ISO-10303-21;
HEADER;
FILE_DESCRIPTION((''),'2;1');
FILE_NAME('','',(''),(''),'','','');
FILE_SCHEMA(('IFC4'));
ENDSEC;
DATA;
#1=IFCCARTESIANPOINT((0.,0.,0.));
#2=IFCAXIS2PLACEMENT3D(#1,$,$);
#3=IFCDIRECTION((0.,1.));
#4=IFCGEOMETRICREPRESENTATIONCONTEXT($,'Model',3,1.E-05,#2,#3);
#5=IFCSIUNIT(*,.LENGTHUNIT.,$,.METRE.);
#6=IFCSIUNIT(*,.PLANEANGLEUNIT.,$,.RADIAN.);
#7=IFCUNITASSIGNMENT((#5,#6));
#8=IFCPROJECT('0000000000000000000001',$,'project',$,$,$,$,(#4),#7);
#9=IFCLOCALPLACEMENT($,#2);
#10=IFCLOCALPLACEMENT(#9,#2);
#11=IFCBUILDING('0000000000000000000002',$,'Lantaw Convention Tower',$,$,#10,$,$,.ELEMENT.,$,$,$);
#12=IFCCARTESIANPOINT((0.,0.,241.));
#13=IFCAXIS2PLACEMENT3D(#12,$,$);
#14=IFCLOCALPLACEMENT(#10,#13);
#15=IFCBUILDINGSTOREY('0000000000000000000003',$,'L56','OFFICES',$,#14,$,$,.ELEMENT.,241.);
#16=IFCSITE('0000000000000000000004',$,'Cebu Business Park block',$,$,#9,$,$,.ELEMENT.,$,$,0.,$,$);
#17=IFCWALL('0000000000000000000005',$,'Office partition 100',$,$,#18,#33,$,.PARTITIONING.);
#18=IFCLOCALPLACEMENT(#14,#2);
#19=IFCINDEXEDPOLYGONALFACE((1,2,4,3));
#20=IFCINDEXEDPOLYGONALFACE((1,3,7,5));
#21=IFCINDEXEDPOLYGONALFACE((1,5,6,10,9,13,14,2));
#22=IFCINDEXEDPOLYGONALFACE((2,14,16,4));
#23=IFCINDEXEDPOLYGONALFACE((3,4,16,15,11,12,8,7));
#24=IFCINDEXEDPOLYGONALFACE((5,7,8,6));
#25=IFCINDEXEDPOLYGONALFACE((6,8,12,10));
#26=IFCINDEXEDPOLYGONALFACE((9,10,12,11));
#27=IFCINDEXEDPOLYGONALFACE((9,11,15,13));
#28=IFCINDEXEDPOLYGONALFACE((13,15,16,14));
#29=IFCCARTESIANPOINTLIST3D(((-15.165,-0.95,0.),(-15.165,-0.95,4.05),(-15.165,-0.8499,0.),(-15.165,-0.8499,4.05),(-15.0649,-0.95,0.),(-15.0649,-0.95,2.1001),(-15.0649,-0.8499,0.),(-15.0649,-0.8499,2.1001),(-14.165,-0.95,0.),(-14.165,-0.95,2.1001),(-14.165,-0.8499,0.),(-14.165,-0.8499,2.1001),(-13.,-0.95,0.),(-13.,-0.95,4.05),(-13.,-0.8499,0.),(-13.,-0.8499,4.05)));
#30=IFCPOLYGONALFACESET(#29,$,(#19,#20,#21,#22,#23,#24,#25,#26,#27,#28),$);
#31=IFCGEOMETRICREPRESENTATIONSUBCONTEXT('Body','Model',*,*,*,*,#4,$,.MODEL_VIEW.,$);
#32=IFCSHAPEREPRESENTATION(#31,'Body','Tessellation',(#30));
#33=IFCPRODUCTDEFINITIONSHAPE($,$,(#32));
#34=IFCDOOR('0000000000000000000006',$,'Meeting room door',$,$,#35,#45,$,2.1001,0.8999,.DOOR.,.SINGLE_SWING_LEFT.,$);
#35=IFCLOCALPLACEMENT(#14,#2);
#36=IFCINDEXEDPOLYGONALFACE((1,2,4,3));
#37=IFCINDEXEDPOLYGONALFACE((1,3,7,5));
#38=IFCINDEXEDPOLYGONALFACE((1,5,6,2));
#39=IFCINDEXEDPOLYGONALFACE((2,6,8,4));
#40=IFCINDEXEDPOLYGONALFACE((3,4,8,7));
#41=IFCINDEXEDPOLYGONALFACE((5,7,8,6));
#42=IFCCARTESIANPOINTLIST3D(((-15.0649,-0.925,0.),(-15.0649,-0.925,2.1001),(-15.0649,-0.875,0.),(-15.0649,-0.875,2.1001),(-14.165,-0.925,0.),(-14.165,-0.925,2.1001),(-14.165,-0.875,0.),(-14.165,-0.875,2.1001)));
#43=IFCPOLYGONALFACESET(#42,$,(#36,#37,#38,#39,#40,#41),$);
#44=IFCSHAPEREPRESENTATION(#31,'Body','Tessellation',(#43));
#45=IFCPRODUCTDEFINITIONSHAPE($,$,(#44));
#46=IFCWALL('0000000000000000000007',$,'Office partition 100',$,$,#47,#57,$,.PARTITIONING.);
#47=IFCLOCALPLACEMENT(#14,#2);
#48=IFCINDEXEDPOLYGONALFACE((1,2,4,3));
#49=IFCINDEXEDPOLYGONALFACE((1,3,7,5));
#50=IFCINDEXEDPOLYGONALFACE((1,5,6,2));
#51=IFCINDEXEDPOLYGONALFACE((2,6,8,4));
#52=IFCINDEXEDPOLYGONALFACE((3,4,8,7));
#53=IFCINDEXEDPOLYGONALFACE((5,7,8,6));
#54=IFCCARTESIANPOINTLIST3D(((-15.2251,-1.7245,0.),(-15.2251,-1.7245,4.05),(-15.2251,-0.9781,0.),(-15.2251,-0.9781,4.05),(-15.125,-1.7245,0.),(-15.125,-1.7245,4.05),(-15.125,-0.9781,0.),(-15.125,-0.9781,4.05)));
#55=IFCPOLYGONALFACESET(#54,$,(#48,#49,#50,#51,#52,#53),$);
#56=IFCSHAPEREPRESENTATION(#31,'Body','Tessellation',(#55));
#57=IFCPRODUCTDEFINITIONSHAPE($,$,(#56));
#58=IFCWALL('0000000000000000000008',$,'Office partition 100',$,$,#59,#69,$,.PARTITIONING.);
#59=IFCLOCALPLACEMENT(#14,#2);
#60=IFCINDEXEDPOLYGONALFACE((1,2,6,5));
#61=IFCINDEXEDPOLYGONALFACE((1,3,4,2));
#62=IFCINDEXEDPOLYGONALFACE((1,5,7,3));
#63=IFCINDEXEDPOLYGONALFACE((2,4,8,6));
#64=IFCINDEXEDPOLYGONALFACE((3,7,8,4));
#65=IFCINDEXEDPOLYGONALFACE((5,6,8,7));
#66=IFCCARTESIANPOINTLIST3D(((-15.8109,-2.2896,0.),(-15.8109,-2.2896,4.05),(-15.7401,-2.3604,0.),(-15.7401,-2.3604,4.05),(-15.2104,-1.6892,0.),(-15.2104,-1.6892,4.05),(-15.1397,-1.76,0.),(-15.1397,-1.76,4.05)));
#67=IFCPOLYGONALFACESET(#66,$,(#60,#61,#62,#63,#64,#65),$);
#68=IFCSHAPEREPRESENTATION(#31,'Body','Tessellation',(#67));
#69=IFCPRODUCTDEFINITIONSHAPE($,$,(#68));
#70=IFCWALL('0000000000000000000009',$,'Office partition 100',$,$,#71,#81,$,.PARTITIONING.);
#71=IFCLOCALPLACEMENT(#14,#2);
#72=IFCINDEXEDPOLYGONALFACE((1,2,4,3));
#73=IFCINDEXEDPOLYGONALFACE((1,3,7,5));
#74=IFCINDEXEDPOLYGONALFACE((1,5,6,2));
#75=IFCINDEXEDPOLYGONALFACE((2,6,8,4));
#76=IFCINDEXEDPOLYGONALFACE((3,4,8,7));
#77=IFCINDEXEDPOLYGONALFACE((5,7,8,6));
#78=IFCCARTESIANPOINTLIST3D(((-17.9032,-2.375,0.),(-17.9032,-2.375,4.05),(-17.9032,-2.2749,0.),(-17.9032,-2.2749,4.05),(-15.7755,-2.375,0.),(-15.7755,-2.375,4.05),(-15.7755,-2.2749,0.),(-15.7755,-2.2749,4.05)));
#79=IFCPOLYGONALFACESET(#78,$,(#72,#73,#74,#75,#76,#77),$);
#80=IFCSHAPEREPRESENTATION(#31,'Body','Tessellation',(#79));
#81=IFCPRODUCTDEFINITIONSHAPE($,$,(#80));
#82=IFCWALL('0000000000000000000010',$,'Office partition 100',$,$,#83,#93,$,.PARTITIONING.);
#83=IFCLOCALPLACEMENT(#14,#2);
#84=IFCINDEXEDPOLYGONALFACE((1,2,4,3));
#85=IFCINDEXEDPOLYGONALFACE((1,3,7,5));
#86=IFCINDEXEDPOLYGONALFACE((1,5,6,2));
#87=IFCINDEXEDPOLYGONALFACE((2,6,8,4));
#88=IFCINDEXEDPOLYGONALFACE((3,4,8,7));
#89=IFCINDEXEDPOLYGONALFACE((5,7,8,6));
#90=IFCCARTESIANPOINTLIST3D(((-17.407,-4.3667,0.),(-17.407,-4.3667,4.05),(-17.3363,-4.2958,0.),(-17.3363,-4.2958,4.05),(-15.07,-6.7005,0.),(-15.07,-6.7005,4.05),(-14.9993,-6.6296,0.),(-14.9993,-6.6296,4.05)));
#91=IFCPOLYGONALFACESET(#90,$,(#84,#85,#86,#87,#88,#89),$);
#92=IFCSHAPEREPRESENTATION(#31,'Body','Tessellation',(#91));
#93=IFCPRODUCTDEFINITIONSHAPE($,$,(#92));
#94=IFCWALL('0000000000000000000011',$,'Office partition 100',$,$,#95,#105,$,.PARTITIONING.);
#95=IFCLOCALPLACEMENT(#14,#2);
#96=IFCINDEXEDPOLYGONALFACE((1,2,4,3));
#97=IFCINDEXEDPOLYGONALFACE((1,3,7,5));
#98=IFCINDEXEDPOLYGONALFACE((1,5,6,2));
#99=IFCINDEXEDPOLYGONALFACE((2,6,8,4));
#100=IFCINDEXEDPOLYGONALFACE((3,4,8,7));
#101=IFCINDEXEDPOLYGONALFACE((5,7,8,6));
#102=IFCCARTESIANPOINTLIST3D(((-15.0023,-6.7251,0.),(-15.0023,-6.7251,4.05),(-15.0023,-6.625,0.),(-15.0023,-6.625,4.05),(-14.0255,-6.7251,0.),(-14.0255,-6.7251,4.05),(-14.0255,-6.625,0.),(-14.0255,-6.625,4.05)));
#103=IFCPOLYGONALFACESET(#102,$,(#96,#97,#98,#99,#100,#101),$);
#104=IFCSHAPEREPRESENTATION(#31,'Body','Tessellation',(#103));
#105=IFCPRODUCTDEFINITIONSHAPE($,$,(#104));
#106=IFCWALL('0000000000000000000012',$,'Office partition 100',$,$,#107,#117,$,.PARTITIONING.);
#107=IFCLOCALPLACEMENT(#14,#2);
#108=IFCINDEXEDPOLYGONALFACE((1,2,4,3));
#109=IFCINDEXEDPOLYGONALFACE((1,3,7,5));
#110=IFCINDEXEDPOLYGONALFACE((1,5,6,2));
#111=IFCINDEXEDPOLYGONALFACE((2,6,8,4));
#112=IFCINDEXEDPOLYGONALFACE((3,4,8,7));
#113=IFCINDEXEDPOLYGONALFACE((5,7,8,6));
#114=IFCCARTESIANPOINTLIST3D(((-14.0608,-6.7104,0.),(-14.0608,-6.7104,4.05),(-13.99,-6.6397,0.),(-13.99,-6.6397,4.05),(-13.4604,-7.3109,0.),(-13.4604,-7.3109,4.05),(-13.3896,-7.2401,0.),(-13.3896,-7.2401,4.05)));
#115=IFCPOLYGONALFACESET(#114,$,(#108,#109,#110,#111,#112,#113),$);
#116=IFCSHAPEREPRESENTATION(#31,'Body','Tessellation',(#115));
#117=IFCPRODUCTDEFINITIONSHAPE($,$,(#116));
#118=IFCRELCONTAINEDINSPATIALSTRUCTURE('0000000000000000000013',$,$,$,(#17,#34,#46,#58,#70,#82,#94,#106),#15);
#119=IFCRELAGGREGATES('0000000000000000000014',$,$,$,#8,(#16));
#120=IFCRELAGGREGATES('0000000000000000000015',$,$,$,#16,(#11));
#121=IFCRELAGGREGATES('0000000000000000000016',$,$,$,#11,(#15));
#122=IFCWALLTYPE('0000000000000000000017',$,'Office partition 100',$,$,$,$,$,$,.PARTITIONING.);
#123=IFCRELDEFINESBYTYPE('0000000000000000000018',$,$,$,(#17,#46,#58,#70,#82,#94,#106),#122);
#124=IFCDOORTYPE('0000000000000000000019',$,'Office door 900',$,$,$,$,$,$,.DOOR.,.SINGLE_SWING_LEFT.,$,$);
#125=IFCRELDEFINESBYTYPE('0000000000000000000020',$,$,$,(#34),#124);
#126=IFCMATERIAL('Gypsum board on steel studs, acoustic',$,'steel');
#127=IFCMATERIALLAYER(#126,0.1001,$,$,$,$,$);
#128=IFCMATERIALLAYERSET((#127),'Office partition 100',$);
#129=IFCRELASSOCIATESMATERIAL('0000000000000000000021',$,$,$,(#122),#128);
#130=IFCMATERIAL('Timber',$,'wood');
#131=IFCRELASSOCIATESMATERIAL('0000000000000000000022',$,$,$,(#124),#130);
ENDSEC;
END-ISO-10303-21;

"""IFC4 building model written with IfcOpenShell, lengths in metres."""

from ifc_helpers import new_model, si_unit, direction, frame, frame_2d, origin, place, context, subcontext, project, spatial, rectangle, extrude, material, layer, layer_set, type_object, element, fill, save


model = new_model("IFC4")

# Units and contexts
model_context = context("Model", 3, precision=1e-05, world=origin(), true_north=direction((0.0, 1.0)))
body_context = subcontext(model_context, "Body", "Model", "MODEL_VIEW")
ifc_project = project(units=[si_unit("LENGTHUNIT", "METRE"), si_unit("PLANEANGLEUNIT", "RADIAN")], contexts=[model_context])

# Site, building, storey
site_placement = place(None, origin())
site = spatial("IfcSite", under=ifc_project, at=site_placement, Name="Cebu Business Park block", CompositionType="ELEMENT", RefElevation=0.0)
building_placement = place(site_placement, origin())
building = spatial("IfcBuilding", under=site, at=building_placement, Name="Lantaw Convention Tower", CompositionType="ELEMENT")
storey_placement = place(building_placement, frame((0.0, 0.0, 241.0)))
storey = spatial("IfcBuildingStorey", under=building, at=storey_placement, Name="L56", Description="OFFICES", CompositionType="ELEMENT", Elevation=241.0)

# Shared definitions
ifc_material_1 = material(Name="Gypsum board on steel studs, acoustic", Category="steel")
ifc_layer_1 = layer(ifc_material_1, 0.1001)
ifc_layer_set_1 = layer_set([ifc_layer_1], Name="Office partition 100")
wall_type_1 = type_object("IfcWallType", Name="Office partition 100", PredefinedType="PARTITIONING", material=ifc_layer_set_1)

# Wall, opening, door
wall_1_placement = place(storey_placement, frame((-15.165, -0.8999, 0.0), z_axis=(0.0, 0.0, 1.0), x_axis=(1.0, 0.0, 0.0)))
wall_1 = element("IfcWall", 1, at=wall_1_placement, inside=storey, type_object=wall_type_1, Name="Office partition 100", PredefinedType="PARTITIONING", context=body_context, shape_type="SweptSolid", body=[
    extrude(rectangle(XDim=2.165, YDim=0.1001, at=frame_2d((1.0825, 0.0))), origin(), (0.0, 0.0, 1.0), 4.05),
])
opening_1_placement = place(wall_1_placement, frame((0.1001, 0.0, 0.0)))
opening_1 = element("IfcOpeningElement", 2, at=opening_1_placement, cuts=wall_1, PredefinedType="OPENING", context=body_context, shape_type="SweptSolid", body=[
    extrude(rectangle(XDim=0.8999, YDim=2.1001, at=frame_2d((0.45, 1.05))), frame((0.0, 0.0601, 0.0), z_axis=(0.0, -1.0, 0.0), x_axis=(1.0, 0.0, 0.0)), (0.0, 0.0, 1.0), 0.1201),
])
ifc_material_2 = material(Name="Timber", Category="wood")
door_type_1 = type_object("IfcDoorType", Name="Office door 900", OperationType="SINGLE_SWING_LEFT", PredefinedType="DOOR", material=ifc_material_2)
door_1_placement = place(opening_1_placement, origin())
door_1 = element("IfcDoor", 3, at=door_1_placement, inside=storey, type_object=door_type_1, Name="Meeting room door", OperationType="SINGLE_SWING_LEFT", OverallHeight=2.1001, OverallWidth=0.8999, PredefinedType="DOOR", context=body_context, shape_type="SweptSolid", body=[
    extrude(rectangle(XDim=0.8999, YDim=2.1001, at=frame_2d((0.45, 1.05))), frame((0.0, 0.0249, 0.0), z_axis=(0.0, -1.0, 0.0), x_axis=(1.0, 0.0, 0.0)), (0.0, 0.0, 1.0), 0.05),
])
fill(opening_1, door_1)

# Walls
wall_2_placement = place(storey_placement, frame((-15.175, -0.9783, 0.0), z_axis=(0.0, 0.0, 1.0), x_axis=(0.0, -1.0, 0.0)))
element("IfcWall", 4, at=wall_2_placement, inside=storey, type_object=wall_type_1, Name="Office partition 100", PredefinedType="PARTITIONING", context=body_context, shape_type="SweptSolid", body=[
    extrude(rectangle(XDim=0.7463, YDim=0.1001, at=frame_2d((0.373, 0.0))), origin(), (0.0, 0.0, 1.0), 4.05),
])
wall_3_placement = place(storey_placement, frame((-15.175, -1.7246, 0.0), z_axis=(0.0, 0.0, 1.0), x_axis=(-0.707107, -0.707107, 0.0)))
element("IfcWall", 5, at=wall_3_placement, inside=storey, type_object=wall_type_1, Name="Office partition 100", PredefinedType="PARTITIONING", context=body_context, shape_type="SweptSolid", body=[
    extrude(rectangle(XDim=0.8491, YDim=0.1001, at=frame_2d((0.4246, 0.0))), origin(), (0.0, 0.0, 1.0), 4.05),
])
wall_4_placement = place(storey_placement, frame((-15.7754, -2.325, 0.0), z_axis=(0.0, 0.0, 1.0), x_axis=(-1.0, 0.0, 0.0)))
element("IfcWall", 6, at=wall_4_placement, inside=storey, type_object=wall_type_1, Name="Office partition 100", PredefinedType="PARTITIONING", context=body_context, shape_type="SweptSolid", body=[
    extrude(rectangle(XDim=2.1277, YDim=0.1001, at=frame_2d((1.064, 0.0))), origin(), (0.0, 0.0, 1.0), 4.05),
])
wall_5_placement = place(storey_placement, frame((-15.0347, -6.665, 0.0), z_axis=(0.0, 0.0, 1.0), x_axis=(-0.707587, 0.706626, 0.0)))
element("IfcWall", 7, at=wall_5_placement, inside=storey, type_object=wall_type_1, Name="Office partition 100", PredefinedType="PARTITIONING", context=body_context, shape_type="SweptSolid", body=[
    extrude(rectangle(XDim=3.3027, YDim=0.1001, at=frame_2d((1.6514, 0.0))), origin(), (0.0, 0.0, 1.0), 4.05),
])
wall_6_placement = place(storey_placement, frame((-15.0022, -6.675, 0.0), z_axis=(0.0, 0.0, 1.0), x_axis=(1.0, 0.0, 0.0)))
element("IfcWall", 8, at=wall_6_placement, inside=storey, type_object=wall_type_1, Name="Office partition 100", PredefinedType="PARTITIONING", context=body_context, shape_type="SweptSolid", body=[
    extrude(rectangle(XDim=0.9768, YDim=0.1001, at=frame_2d((0.4883, 0.0))), origin(), (0.0, 0.0, 1.0), 4.05),
])
wall_7_placement = place(storey_placement, frame((-14.0254, -6.675, 0.0), z_axis=(0.0, 0.0, 1.0), x_axis=(0.707107, -0.707107, 0.0)))
element("IfcWall", 9, at=wall_7_placement, inside=storey, type_object=wall_type_1, Name="Office partition 100", PredefinedType="PARTITIONING", context=body_context, shape_type="SweptSolid", body=[
    extrude(rectangle(XDim=0.8491, YDim=0.1001, at=frame_2d((0.4246, 0.0))), origin(), (0.0, 0.0, 1.0), 4.05),
])

save(model, "model.ifc")
